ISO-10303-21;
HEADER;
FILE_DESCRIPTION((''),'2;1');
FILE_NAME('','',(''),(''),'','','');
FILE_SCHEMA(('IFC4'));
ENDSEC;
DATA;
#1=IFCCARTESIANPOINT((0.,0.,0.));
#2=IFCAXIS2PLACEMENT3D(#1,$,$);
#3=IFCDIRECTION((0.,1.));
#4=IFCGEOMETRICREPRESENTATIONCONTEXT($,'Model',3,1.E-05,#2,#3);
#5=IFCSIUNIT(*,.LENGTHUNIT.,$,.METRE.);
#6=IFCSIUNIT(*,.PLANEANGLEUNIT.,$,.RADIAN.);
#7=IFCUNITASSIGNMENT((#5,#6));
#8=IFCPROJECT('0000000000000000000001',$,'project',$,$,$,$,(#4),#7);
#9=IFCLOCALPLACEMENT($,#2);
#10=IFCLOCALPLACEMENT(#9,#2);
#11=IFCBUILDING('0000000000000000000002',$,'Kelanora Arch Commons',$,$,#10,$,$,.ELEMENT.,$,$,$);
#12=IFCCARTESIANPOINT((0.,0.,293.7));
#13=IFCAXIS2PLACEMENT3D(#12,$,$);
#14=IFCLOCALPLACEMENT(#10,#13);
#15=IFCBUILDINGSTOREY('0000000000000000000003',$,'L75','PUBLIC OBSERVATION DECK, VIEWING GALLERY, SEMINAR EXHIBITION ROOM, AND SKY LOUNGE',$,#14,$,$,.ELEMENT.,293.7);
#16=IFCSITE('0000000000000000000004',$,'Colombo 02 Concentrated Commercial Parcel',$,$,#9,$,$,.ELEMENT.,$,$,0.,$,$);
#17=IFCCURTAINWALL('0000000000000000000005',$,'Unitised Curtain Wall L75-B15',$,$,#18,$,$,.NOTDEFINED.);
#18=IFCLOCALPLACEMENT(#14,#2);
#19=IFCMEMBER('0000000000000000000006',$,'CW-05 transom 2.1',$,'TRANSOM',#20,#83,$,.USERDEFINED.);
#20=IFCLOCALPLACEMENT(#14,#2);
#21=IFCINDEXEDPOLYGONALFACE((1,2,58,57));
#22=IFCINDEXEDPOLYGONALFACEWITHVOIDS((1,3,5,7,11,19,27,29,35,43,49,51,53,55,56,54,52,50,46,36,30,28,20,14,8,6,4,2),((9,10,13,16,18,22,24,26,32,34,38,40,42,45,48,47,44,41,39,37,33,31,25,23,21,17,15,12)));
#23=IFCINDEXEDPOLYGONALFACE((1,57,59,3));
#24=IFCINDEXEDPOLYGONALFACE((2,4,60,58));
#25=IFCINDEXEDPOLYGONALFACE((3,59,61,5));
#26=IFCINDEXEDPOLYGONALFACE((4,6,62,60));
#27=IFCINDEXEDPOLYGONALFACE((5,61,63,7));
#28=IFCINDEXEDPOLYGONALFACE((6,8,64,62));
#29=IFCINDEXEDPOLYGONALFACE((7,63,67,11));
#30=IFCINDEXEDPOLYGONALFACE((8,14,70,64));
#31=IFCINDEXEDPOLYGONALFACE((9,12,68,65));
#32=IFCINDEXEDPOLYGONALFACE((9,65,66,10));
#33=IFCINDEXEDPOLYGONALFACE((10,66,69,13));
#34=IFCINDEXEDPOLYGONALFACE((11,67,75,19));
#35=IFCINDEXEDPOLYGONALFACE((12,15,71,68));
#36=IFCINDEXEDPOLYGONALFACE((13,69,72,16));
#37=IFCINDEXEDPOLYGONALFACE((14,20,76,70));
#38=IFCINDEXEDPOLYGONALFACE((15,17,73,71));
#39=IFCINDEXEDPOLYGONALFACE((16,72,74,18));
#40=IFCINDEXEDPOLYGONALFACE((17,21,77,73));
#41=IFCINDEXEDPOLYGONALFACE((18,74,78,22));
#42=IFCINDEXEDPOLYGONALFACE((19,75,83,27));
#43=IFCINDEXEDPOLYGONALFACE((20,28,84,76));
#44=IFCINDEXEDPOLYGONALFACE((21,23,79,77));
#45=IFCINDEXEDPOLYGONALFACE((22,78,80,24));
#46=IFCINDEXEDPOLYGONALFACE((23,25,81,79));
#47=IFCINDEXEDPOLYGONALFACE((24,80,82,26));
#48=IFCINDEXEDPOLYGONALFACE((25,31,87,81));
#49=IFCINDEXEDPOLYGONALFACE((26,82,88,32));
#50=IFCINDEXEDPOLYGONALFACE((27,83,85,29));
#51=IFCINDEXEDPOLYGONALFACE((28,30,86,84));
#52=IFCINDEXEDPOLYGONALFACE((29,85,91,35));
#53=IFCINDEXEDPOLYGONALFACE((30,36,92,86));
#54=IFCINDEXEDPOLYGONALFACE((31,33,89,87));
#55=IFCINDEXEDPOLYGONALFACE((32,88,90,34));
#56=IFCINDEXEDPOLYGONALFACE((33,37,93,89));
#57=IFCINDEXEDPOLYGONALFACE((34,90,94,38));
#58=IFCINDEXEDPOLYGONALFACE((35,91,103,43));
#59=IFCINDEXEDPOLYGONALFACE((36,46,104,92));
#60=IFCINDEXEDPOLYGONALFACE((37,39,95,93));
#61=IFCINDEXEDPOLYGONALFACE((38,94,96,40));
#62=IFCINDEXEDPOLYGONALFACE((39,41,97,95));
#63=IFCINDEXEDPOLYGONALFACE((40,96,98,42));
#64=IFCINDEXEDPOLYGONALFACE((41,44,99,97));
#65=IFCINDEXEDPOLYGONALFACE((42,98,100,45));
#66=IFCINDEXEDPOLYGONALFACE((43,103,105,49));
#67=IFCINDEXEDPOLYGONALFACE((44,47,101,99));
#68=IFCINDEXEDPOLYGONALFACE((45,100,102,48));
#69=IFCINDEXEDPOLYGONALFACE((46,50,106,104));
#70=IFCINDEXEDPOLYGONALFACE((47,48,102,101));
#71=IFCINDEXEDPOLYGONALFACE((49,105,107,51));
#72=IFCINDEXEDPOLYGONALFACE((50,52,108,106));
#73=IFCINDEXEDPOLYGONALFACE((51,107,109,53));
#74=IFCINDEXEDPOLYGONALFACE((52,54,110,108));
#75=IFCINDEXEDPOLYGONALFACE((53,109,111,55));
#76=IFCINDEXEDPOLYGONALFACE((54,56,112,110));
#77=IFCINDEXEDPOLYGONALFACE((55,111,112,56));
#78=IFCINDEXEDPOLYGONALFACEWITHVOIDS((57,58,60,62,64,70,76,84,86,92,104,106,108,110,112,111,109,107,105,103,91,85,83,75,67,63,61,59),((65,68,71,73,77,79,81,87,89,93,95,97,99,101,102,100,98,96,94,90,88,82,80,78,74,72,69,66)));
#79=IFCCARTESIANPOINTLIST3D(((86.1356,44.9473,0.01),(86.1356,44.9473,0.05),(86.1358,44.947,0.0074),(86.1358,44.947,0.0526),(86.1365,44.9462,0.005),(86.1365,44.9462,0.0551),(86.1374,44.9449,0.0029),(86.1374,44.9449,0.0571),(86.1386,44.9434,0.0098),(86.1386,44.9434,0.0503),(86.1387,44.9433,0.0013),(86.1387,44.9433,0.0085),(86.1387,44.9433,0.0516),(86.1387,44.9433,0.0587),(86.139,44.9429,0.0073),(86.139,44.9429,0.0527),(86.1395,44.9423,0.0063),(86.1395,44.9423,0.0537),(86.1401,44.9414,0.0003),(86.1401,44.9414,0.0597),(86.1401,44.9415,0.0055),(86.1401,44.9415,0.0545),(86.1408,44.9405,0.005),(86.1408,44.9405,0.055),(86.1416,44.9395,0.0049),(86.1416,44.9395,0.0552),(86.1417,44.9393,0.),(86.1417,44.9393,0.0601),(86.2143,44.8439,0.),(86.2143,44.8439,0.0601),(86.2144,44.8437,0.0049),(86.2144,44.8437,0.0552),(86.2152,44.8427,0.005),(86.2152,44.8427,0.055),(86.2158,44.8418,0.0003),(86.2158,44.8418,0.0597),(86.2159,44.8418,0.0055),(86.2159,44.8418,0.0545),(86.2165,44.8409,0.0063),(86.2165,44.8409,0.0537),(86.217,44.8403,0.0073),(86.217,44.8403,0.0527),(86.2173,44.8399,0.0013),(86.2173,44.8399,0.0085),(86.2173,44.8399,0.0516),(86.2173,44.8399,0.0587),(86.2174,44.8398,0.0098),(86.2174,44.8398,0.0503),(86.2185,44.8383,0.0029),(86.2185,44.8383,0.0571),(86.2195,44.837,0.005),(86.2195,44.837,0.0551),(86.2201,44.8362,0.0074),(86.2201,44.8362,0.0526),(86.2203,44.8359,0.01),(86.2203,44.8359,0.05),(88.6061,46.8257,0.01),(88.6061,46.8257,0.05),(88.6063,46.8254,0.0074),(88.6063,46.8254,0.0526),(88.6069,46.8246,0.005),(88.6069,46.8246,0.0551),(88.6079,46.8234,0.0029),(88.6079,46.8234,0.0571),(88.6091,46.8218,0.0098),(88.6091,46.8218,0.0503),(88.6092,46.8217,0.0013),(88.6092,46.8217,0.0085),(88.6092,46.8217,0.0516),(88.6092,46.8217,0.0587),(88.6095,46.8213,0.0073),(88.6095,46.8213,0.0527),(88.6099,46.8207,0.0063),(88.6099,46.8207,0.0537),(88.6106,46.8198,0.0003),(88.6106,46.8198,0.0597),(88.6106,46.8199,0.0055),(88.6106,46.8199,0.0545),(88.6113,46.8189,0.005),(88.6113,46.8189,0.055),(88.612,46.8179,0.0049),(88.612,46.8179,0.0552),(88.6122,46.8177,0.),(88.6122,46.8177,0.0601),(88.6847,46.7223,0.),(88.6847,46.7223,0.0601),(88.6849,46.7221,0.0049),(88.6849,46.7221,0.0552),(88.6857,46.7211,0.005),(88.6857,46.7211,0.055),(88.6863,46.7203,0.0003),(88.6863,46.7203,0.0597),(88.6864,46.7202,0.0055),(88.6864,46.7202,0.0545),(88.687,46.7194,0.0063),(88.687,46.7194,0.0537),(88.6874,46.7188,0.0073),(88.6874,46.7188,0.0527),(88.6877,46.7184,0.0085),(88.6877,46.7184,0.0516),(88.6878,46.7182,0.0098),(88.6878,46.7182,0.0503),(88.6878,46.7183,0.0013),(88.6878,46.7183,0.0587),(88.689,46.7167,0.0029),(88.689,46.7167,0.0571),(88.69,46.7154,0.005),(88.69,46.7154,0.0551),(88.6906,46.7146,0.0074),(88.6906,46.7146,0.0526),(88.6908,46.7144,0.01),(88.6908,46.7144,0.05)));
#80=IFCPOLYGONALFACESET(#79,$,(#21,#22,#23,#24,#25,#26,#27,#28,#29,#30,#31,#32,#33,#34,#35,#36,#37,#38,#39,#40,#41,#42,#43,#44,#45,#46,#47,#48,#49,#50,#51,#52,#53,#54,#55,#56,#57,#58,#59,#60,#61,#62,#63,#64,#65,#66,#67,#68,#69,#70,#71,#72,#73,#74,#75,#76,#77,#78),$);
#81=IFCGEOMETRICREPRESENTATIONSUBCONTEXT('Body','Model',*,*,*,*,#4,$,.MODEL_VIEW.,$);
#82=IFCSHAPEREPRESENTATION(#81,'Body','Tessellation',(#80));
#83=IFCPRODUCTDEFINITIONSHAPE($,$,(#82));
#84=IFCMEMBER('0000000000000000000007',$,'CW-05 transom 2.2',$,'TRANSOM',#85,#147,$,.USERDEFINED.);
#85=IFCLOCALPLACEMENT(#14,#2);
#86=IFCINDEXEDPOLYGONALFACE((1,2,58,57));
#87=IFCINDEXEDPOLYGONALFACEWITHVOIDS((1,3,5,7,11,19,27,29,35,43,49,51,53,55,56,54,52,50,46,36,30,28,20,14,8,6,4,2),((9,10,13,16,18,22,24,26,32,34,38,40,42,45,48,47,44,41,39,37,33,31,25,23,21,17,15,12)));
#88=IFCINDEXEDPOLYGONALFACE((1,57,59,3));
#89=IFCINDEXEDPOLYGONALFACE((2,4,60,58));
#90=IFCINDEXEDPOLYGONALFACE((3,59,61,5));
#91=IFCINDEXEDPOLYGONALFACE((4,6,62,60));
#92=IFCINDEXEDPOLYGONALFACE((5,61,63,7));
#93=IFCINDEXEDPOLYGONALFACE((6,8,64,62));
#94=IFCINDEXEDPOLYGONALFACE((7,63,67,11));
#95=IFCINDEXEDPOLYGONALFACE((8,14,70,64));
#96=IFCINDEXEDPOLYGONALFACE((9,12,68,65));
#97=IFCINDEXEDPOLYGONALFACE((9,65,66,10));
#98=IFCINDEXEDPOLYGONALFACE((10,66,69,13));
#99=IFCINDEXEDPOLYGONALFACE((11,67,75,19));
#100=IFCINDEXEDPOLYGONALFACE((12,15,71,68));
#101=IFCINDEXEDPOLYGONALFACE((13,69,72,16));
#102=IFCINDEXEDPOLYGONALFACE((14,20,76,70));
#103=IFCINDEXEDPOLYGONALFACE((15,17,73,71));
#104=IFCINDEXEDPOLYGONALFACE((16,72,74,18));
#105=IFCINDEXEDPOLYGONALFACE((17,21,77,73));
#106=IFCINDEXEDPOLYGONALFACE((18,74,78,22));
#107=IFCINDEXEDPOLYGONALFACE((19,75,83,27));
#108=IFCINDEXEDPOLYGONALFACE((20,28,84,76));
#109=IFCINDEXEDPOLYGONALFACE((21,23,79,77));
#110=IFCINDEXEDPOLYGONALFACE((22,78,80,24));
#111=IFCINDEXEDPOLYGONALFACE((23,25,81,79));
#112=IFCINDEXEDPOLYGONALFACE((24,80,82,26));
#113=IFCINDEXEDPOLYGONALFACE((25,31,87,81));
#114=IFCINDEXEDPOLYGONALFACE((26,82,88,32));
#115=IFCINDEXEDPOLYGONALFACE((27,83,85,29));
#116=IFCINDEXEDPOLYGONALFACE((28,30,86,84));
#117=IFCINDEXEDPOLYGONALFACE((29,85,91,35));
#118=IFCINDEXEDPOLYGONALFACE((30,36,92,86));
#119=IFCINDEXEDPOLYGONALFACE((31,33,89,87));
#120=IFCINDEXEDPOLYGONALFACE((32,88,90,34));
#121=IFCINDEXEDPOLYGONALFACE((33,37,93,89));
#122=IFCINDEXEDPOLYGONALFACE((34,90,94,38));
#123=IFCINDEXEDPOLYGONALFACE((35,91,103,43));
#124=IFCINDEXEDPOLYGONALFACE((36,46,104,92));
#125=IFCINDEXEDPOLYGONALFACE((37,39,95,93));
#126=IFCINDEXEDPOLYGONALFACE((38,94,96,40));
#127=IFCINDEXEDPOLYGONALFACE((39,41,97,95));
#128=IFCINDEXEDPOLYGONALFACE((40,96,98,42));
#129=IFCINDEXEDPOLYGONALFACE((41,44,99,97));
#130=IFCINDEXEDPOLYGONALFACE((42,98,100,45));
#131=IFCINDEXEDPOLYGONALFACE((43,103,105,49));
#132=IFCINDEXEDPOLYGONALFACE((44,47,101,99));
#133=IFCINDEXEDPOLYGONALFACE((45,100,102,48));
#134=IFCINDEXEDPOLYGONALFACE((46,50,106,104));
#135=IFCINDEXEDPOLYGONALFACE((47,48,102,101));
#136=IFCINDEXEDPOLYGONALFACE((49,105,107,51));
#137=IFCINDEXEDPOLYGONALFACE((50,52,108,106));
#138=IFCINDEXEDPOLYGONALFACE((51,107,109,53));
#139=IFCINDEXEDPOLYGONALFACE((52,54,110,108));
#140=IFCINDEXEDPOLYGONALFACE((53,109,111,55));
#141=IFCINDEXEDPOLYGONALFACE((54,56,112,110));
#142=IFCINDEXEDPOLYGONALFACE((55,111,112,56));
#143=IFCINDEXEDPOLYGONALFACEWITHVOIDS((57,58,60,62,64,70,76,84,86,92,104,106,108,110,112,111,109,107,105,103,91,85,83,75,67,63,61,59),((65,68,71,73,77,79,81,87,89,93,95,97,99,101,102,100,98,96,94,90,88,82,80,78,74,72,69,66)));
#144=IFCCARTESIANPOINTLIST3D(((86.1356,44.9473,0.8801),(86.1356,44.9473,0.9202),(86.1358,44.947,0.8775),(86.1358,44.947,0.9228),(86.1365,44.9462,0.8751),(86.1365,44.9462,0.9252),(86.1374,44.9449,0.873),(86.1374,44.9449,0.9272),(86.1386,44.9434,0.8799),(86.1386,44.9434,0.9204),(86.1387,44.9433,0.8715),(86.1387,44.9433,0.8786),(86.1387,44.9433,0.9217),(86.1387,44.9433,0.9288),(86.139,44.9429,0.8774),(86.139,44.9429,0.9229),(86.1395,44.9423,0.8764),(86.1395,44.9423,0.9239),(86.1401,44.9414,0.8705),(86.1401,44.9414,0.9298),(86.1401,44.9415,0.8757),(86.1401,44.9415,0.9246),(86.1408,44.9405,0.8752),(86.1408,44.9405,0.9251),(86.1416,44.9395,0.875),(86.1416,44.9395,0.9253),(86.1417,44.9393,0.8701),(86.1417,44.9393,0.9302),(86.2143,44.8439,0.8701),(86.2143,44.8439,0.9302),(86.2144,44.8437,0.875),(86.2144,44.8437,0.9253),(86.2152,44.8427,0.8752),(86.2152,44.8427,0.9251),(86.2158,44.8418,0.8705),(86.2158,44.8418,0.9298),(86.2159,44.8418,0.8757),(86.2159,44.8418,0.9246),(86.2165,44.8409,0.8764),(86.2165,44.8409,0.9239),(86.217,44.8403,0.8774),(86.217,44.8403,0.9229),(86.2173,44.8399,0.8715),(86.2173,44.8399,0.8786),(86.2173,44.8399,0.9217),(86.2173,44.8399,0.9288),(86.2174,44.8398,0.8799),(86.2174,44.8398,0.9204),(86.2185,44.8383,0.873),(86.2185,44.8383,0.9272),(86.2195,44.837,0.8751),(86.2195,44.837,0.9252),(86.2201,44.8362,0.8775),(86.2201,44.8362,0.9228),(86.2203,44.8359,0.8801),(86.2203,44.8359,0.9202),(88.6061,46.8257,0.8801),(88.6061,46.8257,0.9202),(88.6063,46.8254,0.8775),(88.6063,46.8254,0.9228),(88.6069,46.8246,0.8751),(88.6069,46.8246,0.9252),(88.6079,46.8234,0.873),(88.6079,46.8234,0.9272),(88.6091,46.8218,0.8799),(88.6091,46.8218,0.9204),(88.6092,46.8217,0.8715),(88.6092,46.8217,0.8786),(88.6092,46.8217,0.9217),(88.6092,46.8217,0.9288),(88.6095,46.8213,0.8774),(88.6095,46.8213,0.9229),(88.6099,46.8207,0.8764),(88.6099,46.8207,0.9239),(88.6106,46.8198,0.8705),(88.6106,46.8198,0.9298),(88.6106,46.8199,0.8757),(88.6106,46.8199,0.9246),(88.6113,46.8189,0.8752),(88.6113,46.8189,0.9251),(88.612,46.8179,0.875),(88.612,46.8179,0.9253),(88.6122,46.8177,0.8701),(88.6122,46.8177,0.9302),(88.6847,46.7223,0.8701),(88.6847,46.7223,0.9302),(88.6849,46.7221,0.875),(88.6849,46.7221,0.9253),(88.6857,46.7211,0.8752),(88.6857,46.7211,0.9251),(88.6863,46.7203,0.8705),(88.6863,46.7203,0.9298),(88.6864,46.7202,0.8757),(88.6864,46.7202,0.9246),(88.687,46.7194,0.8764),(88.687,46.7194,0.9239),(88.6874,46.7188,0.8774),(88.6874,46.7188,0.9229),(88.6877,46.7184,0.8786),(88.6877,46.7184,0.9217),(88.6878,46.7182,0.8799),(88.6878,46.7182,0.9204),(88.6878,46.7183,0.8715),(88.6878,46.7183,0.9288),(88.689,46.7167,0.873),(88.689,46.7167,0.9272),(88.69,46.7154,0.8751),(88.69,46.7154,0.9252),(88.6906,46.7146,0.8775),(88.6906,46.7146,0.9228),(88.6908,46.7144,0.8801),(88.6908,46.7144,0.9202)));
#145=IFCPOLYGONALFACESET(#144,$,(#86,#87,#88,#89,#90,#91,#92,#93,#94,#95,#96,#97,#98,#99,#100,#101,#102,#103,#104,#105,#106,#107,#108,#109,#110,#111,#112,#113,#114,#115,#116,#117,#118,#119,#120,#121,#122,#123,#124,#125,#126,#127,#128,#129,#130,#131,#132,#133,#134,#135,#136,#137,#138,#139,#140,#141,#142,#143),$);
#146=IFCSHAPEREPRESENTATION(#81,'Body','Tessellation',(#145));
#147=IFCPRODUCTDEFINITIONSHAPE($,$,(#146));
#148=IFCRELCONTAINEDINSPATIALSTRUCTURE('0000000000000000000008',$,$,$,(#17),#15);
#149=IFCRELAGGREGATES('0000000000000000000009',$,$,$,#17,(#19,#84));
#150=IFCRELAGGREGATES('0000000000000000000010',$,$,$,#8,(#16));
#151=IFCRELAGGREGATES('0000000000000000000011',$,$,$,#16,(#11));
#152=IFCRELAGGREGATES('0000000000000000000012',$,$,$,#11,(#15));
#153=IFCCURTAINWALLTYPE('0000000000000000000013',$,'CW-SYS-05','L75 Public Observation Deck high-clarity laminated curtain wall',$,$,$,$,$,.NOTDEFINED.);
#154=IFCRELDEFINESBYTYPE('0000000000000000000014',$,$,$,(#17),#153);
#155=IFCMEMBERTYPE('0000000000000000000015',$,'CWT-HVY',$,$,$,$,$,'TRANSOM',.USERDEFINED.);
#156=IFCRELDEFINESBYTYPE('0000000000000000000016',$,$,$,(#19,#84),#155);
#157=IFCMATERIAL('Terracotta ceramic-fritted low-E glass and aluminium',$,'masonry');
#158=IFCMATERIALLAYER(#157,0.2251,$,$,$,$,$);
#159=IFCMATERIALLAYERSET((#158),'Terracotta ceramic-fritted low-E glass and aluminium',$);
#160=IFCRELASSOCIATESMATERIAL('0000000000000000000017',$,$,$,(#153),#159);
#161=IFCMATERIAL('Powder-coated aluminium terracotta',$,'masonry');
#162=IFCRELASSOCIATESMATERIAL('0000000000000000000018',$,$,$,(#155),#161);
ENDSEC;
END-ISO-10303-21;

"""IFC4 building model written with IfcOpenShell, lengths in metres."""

from ifc_helpers import new_model, si_unit, direction, frame, origin, origin_2d, place, context, subcontext, project, spatial, hollow_rectangle, extrude, material, layer, layer_set, material_profile, profile_set, type_object, element, aggregate, save


model = new_model("IFC4")

# Units and contexts
model_context = context("Model", 3, precision=1e-05, world=origin(), true_north=direction((0.0, 1.0)))
body_context = subcontext(model_context, "Body", "Model", "MODEL_VIEW")
ifc_project = project(units=[si_unit("LENGTHUNIT", "METRE"), si_unit("PLANEANGLEUNIT", "RADIAN")], contexts=[model_context])

# Site, building, storey
site_placement = place(None, origin())
site = spatial("IfcSite", under=ifc_project, at=site_placement, Name="Colombo 02 Concentrated Commercial Parcel", CompositionType="ELEMENT", RefElevation=0.0)
building_placement = place(site_placement, origin())
building = spatial("IfcBuilding", under=site, at=building_placement, Name="Kelanora Arch Commons", CompositionType="ELEMENT")
storey_placement = place(building_placement, frame((0.0, 0.0, 293.7)))
storey = spatial("IfcBuildingStorey", under=building, at=storey_placement, Name="L75", Description="PUBLIC OBSERVATION DECK, VIEWING GALLERY, SEMINAR EXHIBITION ROOM, AND SKY LOUNGE", CompositionType="ELEMENT", Elevation=293.7)

# Curtain wall
ifc_material_1 = material(Name="Terracotta ceramic-fritted low-E glass and aluminium", Category="masonry")
ifc_layer_1 = layer(ifc_material_1, 0.2251)
ifc_layer_set_1 = layer_set([ifc_layer_1], Name="Terracotta ceramic-fritted low-E glass and aluminium")
curtain_wall_type = type_object("IfcCurtainWallType", Name="CW-SYS-05", Description="L75 Public Observation Deck high-clarity laminated curtain wall", PredefinedType="NOTDEFINED", material=ifc_layer_set_1)
curtain_wall_1_placement = place(storey_placement, origin())
curtain_wall_1 = element("IfcCurtainWall", 1, at=curtain_wall_1_placement, inside=storey, type_object=curtain_wall_type, Name="Unitised Curtain Wall L75-B15", PredefinedType="NOTDEFINED")
ifc_material_2 = material(Name="Powder-coated aluminium terracotta", Category="masonry")

# Members
ifc_material_profile_1 = material_profile(ifc_material_2, hollow_rectangle(XDim=0.1399, YDim=0.0601, WallThickness=0.0049, InnerFilletRadius=0.0049, OuterFilletRadius=0.01, at=origin_2d()), Name="CWT140x60")
ifc_profile_set_1 = profile_set([ifc_material_profile_1], Name="Powder-coated aluminium terracotta")
member_type_1 = type_object("IfcMemberType", Name="CWT-HVY", ElementType="TRANSOM", PredefinedType="USERDEFINED", material=ifc_profile_set_1)
member_1_placement = place(storey_placement, frame((86.178, 44.8916, 0.03), z_axis=(0.796027, 0.605261, 0.0), x_axis=(-0.605261, 0.796027, 0.0)))
member_1 = element("IfcMember", 2, at=member_1_placement, type_object=member_type_1, Name="CW-05 transom 2.1", ObjectType="TRANSOM", PredefinedType="USERDEFINED", context=body_context, shape_type="SweptSolid", body=[
    extrude(hollow_rectangle(XDim=0.1399, YDim=0.0601, WallThickness=0.0049, InnerFilletRadius=0.0049, OuterFilletRadius=0.01, at=origin_2d()), origin(), (0.0, 0.0, 1.0), 3.1035),
])
member_2_placement = place(storey_placement, frame((86.178, 44.8916, 0.9001), z_axis=(0.796027, 0.605261, 0.0), x_axis=(-0.605261, 0.796027, 0.0)))
member_2 = element("IfcMember", 3, at=member_2_placement, type_object=member_type_1, Name="CW-05 transom 2.2", ObjectType="TRANSOM", PredefinedType="USERDEFINED", context=body_context, shape_type="SweptSolid", body=[
    extrude(hollow_rectangle(XDim=0.1399, YDim=0.0601, WallThickness=0.0049, InnerFilletRadius=0.0049, OuterFilletRadius=0.01, at=origin_2d()), origin(), (0.0, 0.0, 1.0), 3.1035),
])

aggregate(curtain_wall_1, [member_1, member_2])

save(model, "model.ifc")
